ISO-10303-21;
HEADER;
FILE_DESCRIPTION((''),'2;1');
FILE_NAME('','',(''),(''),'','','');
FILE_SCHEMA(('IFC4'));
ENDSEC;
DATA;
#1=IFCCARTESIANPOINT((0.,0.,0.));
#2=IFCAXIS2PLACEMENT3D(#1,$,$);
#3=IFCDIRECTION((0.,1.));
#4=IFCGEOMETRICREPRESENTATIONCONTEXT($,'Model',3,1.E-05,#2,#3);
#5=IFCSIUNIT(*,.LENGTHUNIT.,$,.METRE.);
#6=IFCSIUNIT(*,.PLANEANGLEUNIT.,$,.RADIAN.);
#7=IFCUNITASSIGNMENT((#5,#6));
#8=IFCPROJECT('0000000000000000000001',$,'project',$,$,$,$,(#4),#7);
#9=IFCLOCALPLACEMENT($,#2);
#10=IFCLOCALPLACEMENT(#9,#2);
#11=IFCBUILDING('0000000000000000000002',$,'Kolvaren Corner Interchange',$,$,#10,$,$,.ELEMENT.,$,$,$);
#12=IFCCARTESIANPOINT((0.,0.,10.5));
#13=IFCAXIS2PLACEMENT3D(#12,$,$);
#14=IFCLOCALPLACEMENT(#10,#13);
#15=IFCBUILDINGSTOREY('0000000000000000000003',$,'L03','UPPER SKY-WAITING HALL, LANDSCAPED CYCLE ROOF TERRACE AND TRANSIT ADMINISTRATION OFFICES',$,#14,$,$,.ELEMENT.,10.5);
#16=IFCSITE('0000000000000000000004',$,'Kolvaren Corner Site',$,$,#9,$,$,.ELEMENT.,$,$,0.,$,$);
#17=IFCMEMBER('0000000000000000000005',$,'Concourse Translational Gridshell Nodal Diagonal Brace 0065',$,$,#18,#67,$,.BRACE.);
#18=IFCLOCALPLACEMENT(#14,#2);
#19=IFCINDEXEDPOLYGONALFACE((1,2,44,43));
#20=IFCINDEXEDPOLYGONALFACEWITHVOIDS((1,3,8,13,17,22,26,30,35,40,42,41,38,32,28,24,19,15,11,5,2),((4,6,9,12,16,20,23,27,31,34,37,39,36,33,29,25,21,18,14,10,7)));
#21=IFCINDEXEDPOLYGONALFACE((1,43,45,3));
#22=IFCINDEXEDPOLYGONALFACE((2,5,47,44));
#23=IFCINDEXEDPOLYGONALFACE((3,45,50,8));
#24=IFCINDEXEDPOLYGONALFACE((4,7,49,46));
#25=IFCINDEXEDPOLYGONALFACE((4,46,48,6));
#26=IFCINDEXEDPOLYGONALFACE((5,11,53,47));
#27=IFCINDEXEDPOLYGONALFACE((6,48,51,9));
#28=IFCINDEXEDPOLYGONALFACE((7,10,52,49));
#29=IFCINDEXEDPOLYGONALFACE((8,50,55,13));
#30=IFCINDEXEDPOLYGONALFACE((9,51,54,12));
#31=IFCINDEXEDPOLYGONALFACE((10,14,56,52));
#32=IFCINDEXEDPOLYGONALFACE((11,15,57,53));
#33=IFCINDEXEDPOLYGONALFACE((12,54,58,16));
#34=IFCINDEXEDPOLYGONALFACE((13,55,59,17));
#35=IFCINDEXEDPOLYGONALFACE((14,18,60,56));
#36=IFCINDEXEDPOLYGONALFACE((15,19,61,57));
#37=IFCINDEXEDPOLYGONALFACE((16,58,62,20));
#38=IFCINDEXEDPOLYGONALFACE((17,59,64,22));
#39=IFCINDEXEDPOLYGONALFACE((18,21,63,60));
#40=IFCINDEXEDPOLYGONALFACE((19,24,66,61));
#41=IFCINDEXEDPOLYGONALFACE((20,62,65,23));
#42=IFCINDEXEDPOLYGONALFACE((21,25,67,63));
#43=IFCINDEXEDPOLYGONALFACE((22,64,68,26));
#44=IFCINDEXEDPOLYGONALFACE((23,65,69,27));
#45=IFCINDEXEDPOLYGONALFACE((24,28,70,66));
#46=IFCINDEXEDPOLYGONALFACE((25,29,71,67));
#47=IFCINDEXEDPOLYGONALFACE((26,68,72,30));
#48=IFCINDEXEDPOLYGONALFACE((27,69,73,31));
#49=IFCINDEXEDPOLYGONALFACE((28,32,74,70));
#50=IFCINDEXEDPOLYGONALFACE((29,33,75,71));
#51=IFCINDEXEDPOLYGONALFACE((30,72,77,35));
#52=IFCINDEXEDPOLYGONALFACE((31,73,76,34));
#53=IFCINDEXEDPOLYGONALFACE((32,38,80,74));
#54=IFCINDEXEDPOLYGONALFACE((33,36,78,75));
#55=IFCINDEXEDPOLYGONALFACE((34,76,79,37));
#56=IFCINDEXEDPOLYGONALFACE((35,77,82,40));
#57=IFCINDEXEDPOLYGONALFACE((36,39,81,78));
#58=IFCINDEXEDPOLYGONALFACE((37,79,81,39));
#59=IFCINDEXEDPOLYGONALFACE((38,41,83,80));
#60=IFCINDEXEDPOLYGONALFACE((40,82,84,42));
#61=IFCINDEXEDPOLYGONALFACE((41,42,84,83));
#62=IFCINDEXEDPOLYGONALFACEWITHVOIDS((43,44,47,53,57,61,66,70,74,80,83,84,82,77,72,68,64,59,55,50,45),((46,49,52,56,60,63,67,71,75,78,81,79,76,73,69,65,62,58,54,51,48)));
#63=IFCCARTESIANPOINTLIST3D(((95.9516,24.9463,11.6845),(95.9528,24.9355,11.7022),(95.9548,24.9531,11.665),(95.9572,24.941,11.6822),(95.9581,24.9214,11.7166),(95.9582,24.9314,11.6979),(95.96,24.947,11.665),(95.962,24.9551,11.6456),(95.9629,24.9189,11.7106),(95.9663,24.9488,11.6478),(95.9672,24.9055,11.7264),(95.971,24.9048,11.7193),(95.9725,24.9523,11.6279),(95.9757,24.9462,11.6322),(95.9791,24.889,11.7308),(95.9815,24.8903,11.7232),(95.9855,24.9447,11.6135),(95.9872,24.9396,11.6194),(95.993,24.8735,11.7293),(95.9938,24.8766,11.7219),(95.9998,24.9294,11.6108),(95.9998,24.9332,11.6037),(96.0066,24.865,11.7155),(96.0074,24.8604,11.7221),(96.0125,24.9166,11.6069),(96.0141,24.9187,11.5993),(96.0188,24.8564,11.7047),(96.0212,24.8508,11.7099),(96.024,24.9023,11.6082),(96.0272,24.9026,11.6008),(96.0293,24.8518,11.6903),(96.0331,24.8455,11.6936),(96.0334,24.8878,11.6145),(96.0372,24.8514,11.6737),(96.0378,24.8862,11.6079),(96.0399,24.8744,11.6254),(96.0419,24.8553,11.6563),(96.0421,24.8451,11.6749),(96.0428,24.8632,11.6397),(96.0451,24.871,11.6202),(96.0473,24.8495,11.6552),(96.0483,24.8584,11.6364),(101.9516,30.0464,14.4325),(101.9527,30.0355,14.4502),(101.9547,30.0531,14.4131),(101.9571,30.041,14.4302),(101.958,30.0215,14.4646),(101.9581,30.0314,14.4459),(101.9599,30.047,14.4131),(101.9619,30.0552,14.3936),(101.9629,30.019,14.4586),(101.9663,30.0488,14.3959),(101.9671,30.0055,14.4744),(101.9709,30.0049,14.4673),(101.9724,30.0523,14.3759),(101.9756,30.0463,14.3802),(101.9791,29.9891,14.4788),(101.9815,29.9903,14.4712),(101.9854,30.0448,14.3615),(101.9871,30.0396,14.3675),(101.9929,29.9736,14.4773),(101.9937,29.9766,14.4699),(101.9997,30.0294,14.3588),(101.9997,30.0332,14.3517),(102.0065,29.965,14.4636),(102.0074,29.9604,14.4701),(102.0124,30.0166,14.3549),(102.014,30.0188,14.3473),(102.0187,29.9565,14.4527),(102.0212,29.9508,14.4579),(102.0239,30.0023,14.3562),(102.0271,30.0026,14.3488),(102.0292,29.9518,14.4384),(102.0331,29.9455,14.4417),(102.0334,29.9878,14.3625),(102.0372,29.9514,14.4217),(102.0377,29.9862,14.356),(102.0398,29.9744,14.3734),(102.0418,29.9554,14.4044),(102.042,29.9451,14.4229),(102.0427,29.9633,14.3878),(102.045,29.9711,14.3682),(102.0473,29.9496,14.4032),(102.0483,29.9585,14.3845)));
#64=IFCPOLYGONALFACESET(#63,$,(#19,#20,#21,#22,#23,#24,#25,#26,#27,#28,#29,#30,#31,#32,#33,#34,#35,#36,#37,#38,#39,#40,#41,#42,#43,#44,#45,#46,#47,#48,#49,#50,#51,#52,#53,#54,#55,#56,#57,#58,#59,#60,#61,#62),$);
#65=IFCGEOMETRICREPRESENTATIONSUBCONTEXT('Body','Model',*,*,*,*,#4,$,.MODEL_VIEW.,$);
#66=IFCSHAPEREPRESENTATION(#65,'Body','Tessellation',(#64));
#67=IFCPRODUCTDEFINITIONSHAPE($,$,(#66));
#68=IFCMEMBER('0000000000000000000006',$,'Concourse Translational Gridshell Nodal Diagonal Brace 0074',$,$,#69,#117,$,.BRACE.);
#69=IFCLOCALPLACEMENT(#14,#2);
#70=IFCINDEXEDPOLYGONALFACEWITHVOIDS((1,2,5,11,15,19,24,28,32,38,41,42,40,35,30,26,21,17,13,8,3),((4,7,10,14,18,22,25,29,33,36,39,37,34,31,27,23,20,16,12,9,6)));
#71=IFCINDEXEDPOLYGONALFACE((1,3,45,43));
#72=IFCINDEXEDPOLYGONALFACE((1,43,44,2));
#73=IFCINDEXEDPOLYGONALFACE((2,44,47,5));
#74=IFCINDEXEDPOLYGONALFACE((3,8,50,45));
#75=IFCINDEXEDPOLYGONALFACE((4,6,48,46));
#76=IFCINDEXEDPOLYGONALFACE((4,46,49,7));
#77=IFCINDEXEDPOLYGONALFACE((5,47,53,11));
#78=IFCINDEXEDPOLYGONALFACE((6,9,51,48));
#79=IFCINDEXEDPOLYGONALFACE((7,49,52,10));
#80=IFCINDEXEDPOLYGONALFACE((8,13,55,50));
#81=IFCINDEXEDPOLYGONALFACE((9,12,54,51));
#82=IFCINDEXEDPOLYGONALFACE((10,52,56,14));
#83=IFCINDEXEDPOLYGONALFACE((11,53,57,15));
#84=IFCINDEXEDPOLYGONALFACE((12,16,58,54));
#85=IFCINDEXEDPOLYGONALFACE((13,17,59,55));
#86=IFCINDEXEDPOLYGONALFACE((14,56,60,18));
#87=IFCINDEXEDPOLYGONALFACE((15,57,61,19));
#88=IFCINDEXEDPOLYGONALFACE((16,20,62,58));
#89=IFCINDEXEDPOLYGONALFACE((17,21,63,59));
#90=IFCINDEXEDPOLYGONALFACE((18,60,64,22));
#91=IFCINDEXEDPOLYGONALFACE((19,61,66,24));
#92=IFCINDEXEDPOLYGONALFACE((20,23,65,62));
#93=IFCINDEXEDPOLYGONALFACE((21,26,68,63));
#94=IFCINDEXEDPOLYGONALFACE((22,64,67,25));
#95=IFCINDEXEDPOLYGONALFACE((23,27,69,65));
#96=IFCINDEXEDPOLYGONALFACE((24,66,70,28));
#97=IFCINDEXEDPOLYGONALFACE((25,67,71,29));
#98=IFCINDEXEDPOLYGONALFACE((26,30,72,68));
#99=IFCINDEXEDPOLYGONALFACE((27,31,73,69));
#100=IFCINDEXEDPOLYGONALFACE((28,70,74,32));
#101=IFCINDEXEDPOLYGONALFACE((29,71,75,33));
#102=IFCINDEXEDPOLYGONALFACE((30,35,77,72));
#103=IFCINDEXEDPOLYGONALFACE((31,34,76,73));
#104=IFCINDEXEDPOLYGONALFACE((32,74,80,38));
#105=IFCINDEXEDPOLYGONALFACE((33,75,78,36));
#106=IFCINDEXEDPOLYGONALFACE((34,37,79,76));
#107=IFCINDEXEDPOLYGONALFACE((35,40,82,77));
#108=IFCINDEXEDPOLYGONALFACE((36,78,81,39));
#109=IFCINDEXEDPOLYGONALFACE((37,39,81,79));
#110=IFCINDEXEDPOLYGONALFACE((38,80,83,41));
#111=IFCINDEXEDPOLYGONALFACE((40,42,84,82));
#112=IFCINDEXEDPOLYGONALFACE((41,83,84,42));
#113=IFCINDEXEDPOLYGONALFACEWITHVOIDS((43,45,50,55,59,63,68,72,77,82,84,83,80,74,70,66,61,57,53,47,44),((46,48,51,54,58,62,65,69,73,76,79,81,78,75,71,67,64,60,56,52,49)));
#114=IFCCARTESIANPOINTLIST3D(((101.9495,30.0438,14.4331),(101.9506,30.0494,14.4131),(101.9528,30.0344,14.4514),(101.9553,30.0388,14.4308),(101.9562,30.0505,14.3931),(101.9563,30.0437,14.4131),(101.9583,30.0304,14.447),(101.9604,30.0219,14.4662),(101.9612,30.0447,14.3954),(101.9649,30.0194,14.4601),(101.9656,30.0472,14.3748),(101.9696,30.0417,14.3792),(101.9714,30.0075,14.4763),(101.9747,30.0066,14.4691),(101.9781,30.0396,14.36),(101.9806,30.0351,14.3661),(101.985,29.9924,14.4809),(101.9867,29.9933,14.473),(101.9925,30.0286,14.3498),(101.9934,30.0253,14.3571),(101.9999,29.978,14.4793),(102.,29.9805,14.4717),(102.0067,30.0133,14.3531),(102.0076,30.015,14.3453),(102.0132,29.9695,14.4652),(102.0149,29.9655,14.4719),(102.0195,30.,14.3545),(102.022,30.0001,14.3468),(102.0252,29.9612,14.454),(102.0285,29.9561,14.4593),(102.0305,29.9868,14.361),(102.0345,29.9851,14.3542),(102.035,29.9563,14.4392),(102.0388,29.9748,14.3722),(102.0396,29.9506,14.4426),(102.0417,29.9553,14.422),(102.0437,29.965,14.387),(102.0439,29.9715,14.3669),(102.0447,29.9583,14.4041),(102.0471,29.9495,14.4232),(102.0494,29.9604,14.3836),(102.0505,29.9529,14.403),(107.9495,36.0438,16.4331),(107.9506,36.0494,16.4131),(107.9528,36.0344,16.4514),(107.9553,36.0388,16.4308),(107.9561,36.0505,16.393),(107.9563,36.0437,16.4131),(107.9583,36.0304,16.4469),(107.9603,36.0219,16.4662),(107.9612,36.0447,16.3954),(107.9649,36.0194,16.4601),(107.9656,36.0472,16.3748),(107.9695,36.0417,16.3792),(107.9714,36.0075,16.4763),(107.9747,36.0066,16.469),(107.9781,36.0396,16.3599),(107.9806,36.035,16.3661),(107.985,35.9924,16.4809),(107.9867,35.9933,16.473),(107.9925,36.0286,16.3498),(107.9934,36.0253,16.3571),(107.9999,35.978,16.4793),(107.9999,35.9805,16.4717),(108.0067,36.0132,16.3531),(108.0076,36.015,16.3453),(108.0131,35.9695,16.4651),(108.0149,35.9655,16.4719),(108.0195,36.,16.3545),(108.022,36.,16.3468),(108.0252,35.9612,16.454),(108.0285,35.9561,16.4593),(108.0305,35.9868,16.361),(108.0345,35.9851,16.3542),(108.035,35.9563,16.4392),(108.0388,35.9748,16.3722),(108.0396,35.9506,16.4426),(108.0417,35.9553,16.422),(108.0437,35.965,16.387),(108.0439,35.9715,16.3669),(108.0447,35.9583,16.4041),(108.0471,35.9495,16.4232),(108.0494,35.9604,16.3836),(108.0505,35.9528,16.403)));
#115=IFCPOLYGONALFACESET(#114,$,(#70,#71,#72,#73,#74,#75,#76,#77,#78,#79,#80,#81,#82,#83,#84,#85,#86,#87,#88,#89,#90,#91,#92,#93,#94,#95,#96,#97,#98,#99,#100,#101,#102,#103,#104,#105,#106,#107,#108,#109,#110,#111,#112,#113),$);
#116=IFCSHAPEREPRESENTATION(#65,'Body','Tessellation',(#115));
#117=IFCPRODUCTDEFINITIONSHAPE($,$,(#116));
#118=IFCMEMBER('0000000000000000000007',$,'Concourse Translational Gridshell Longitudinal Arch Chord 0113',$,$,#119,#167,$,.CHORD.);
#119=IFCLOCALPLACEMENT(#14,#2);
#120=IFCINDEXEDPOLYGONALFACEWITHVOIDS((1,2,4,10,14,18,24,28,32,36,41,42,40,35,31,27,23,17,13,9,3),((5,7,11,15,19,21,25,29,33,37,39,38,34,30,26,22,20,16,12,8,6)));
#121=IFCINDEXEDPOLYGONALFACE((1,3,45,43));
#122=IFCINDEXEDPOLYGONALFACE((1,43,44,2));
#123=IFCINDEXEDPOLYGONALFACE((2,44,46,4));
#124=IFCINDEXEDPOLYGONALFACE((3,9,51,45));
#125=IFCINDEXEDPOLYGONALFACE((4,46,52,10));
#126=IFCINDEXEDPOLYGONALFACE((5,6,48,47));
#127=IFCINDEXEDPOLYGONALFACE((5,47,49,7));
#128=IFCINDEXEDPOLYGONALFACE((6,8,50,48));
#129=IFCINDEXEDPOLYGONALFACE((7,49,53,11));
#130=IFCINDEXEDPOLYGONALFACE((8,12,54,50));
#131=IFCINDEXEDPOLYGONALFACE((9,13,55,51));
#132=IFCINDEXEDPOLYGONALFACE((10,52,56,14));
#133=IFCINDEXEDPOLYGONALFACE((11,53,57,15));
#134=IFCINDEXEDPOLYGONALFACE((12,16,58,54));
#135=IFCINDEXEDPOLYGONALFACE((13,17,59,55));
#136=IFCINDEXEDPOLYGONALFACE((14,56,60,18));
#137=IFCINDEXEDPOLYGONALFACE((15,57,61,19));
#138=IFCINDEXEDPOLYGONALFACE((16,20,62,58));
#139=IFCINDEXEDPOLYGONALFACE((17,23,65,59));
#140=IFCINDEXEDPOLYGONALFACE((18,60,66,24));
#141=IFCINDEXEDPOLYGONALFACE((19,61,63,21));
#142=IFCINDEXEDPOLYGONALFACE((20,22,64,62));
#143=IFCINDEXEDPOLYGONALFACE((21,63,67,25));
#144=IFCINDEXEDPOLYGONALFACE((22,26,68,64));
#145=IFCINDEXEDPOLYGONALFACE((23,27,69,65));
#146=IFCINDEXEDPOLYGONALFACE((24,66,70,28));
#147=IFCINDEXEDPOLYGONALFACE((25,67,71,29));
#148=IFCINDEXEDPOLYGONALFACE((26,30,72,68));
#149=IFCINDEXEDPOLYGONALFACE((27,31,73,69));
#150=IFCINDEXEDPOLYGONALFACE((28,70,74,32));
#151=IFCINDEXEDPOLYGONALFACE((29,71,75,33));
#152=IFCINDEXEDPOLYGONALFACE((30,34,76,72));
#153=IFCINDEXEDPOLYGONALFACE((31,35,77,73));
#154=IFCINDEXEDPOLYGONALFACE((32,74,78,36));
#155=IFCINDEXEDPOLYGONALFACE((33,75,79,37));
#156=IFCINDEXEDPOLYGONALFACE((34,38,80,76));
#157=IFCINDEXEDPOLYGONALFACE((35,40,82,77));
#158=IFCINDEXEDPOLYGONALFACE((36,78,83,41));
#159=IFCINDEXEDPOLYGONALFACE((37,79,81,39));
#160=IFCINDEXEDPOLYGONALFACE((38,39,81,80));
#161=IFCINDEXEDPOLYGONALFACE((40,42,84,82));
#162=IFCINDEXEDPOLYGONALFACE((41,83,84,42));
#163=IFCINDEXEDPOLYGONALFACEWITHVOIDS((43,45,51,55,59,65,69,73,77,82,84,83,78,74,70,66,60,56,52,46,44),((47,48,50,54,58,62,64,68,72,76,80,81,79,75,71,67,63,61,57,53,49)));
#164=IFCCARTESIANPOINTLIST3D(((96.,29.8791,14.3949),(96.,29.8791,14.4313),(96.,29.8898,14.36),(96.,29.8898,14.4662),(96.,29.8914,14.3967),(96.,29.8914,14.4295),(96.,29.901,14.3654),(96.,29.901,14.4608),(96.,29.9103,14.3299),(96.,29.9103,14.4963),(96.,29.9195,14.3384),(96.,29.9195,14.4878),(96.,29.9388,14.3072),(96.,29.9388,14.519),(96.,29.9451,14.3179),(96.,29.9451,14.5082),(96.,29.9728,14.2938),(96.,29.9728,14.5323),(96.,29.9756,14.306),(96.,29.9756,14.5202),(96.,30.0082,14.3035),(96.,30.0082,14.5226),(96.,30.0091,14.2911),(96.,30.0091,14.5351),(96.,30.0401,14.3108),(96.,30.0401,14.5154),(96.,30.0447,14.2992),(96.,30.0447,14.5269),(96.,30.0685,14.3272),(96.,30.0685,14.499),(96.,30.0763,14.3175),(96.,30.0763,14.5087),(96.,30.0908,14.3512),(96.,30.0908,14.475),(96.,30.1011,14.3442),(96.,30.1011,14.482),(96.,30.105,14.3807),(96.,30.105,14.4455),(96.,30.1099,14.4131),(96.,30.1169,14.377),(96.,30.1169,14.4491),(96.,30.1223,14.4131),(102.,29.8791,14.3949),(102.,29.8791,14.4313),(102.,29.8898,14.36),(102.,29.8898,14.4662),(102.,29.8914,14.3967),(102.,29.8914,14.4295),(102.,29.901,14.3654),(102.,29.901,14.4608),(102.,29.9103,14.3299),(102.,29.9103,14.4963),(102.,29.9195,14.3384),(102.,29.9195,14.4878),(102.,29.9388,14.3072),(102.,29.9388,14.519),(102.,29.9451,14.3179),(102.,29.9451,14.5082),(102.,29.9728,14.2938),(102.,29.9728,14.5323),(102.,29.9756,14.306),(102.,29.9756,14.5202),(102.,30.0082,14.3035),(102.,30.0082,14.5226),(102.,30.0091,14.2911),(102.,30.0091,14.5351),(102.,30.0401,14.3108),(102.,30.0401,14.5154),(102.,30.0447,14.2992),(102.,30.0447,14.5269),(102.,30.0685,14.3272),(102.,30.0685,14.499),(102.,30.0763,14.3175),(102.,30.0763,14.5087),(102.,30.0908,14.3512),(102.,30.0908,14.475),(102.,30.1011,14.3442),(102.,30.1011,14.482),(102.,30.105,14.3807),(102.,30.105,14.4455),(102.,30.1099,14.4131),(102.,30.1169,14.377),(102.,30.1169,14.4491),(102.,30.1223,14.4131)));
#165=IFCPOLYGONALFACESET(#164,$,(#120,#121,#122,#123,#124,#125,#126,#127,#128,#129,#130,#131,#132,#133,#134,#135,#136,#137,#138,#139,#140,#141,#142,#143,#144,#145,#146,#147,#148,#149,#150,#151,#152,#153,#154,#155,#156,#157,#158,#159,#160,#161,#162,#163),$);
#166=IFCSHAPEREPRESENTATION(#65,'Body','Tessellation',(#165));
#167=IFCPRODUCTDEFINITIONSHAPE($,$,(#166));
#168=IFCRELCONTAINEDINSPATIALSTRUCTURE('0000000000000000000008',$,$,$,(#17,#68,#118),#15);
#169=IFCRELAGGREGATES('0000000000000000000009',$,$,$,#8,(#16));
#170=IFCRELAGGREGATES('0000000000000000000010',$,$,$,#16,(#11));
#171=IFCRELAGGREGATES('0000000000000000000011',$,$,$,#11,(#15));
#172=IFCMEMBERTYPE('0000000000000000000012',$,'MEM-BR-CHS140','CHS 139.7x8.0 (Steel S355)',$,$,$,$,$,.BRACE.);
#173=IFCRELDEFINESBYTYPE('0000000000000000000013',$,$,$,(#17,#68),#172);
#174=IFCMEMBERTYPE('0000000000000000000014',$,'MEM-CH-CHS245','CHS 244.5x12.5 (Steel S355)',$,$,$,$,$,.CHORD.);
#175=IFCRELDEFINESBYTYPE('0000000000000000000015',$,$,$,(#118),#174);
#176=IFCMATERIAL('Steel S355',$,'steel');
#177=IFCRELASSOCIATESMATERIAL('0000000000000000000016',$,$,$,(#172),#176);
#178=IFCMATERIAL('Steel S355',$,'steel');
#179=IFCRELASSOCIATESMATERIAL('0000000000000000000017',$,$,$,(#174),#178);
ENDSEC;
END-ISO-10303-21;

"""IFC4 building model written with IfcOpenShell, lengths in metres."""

from ifc_helpers import new_model, si_unit, direction, frame, origin, origin_2d, place, context, subcontext, project, spatial, hollow_circle, extrude, material, material_profile, profile_set, type_object, element, save


model = new_model("IFC4")

# Units and contexts
model_context = context("Model", 3, precision=1e-05, world=origin(), true_north=direction((0.0, 1.0)))
body_context = subcontext(model_context, "Body", "Model", "MODEL_VIEW")
ifc_project = project(units=[si_unit("LENGTHUNIT", "METRE"), si_unit("PLANEANGLEUNIT", "RADIAN")], contexts=[model_context])

# Site, building, storey
site_placement = place(None, origin())
site = spatial("IfcSite", under=ifc_project, at=site_placement, Name="Kolvaren Corner Site", CompositionType="ELEMENT", RefElevation=0.0)
building_placement = place(site_placement, origin())
building = spatial("IfcBuilding", under=site, at=building_placement, Name="Kolvaren Corner Interchange", CompositionType="ELEMENT")
storey_placement = place(building_placement, frame((0.0, 0.0, 10.5)))
storey = spatial("IfcBuildingStorey", under=building, at=storey_placement, Name="L03", Description="UPPER SKY-WAITING HALL, LANDSCAPED CYCLE ROOF TERRACE AND TRANSIT ADMINISTRATION OFFICES", CompositionType="ELEMENT", Elevation=10.5)

# Members
ifc_material_1 = material(Name="Steel S355", Category="steel")
ifc_material_profile_1 = material_profile(ifc_material_1, hollow_circle(Radius=0.0698, WallThickness=0.0081, at=origin_2d()), Name="CHS 139.7x8.0")
ifc_profile_set_1 = profile_set([ifc_material_profile_1], Name="Steel S355")
member_type_1 = type_object("IfcMemberType", Name="MEM-BR-CHS140", Description="CHS 139.7x8.0 (Steel S355)", PredefinedType="BRACE", material=ifc_profile_set_1)
member_1_placement = place(storey_placement, frame((96.0, 24.8999, 11.665), z_axis=(0.719387, 0.611491, 0.329485), x_axis=(-0.647656, 0.761933, 0.0)))
element("IfcMember", 1, at=member_1_placement, inside=storey, type_object=member_type_1, Name="Concourse Translational Gridshell Nodal Diagonal Brace 0065", PredefinedType="BRACE", context=body_context, shape_type="SweptSolid", body=[
    extrude(hollow_circle(Radius=0.0698, WallThickness=0.0081, at=origin_2d()), origin(), (0.0, 0.0, 1.0), 8.3403),
])
member_2_placement = place(storey_placement, frame((102.0, 30.0, 14.4131), z_axis=(0.688247, 0.688247, 0.229416), x_axis=(-0.707107, 0.707107, 0.0)))
element("IfcMember", 2, at=member_2_placement, inside=storey, type_object=member_type_1, Name="Concourse Translational Gridshell Nodal Diagonal Brace 0074", PredefinedType="BRACE", context=body_context, shape_type="SweptSolid", body=[
    extrude(hollow_circle(Radius=0.0698, WallThickness=0.0081, at=origin_2d()), origin(), (0.0, 0.0, 1.0), 8.7178),
])
ifc_material_2 = material(Name="Steel S355", Category="steel")
ifc_material_profile_2 = material_profile(ifc_material_2, hollow_circle(Radius=0.1223, WallThickness=0.0125, at=origin_2d()), Name="CHS 244.5x12.5")
ifc_profile_set_2 = profile_set([ifc_material_profile_2], Name="Steel S355")
member_type_2 = type_object("IfcMemberType", Name="MEM-CH-CHS245", Description="CHS 244.5x12.5 (Steel S355)", PredefinedType="CHORD", material=ifc_profile_set_2)
for number, where, z_axis, x_axis, name in (
    (3, (96.0, 30.0, 14.4131), (1.0, 0.0, 0.0), (0.0, 1.0, 0.0), "Concourse Translational Gridshell Longitudinal Arch Chord 0113"),
):
    element("IfcMember", number, at=place(storey_placement, frame(where, z_axis=z_axis, x_axis=x_axis)), inside=storey, type_object=member_type_2, Name=name, PredefinedType="CHORD", context=body_context, shape_type="SweptSolid", body=[
        extrude(hollow_circle(Radius=0.1223, WallThickness=0.0125, at=origin_2d()), origin(), (0.0, 0.0, 1.0), 6.0),
    ])

save(model, "model.ifc")
